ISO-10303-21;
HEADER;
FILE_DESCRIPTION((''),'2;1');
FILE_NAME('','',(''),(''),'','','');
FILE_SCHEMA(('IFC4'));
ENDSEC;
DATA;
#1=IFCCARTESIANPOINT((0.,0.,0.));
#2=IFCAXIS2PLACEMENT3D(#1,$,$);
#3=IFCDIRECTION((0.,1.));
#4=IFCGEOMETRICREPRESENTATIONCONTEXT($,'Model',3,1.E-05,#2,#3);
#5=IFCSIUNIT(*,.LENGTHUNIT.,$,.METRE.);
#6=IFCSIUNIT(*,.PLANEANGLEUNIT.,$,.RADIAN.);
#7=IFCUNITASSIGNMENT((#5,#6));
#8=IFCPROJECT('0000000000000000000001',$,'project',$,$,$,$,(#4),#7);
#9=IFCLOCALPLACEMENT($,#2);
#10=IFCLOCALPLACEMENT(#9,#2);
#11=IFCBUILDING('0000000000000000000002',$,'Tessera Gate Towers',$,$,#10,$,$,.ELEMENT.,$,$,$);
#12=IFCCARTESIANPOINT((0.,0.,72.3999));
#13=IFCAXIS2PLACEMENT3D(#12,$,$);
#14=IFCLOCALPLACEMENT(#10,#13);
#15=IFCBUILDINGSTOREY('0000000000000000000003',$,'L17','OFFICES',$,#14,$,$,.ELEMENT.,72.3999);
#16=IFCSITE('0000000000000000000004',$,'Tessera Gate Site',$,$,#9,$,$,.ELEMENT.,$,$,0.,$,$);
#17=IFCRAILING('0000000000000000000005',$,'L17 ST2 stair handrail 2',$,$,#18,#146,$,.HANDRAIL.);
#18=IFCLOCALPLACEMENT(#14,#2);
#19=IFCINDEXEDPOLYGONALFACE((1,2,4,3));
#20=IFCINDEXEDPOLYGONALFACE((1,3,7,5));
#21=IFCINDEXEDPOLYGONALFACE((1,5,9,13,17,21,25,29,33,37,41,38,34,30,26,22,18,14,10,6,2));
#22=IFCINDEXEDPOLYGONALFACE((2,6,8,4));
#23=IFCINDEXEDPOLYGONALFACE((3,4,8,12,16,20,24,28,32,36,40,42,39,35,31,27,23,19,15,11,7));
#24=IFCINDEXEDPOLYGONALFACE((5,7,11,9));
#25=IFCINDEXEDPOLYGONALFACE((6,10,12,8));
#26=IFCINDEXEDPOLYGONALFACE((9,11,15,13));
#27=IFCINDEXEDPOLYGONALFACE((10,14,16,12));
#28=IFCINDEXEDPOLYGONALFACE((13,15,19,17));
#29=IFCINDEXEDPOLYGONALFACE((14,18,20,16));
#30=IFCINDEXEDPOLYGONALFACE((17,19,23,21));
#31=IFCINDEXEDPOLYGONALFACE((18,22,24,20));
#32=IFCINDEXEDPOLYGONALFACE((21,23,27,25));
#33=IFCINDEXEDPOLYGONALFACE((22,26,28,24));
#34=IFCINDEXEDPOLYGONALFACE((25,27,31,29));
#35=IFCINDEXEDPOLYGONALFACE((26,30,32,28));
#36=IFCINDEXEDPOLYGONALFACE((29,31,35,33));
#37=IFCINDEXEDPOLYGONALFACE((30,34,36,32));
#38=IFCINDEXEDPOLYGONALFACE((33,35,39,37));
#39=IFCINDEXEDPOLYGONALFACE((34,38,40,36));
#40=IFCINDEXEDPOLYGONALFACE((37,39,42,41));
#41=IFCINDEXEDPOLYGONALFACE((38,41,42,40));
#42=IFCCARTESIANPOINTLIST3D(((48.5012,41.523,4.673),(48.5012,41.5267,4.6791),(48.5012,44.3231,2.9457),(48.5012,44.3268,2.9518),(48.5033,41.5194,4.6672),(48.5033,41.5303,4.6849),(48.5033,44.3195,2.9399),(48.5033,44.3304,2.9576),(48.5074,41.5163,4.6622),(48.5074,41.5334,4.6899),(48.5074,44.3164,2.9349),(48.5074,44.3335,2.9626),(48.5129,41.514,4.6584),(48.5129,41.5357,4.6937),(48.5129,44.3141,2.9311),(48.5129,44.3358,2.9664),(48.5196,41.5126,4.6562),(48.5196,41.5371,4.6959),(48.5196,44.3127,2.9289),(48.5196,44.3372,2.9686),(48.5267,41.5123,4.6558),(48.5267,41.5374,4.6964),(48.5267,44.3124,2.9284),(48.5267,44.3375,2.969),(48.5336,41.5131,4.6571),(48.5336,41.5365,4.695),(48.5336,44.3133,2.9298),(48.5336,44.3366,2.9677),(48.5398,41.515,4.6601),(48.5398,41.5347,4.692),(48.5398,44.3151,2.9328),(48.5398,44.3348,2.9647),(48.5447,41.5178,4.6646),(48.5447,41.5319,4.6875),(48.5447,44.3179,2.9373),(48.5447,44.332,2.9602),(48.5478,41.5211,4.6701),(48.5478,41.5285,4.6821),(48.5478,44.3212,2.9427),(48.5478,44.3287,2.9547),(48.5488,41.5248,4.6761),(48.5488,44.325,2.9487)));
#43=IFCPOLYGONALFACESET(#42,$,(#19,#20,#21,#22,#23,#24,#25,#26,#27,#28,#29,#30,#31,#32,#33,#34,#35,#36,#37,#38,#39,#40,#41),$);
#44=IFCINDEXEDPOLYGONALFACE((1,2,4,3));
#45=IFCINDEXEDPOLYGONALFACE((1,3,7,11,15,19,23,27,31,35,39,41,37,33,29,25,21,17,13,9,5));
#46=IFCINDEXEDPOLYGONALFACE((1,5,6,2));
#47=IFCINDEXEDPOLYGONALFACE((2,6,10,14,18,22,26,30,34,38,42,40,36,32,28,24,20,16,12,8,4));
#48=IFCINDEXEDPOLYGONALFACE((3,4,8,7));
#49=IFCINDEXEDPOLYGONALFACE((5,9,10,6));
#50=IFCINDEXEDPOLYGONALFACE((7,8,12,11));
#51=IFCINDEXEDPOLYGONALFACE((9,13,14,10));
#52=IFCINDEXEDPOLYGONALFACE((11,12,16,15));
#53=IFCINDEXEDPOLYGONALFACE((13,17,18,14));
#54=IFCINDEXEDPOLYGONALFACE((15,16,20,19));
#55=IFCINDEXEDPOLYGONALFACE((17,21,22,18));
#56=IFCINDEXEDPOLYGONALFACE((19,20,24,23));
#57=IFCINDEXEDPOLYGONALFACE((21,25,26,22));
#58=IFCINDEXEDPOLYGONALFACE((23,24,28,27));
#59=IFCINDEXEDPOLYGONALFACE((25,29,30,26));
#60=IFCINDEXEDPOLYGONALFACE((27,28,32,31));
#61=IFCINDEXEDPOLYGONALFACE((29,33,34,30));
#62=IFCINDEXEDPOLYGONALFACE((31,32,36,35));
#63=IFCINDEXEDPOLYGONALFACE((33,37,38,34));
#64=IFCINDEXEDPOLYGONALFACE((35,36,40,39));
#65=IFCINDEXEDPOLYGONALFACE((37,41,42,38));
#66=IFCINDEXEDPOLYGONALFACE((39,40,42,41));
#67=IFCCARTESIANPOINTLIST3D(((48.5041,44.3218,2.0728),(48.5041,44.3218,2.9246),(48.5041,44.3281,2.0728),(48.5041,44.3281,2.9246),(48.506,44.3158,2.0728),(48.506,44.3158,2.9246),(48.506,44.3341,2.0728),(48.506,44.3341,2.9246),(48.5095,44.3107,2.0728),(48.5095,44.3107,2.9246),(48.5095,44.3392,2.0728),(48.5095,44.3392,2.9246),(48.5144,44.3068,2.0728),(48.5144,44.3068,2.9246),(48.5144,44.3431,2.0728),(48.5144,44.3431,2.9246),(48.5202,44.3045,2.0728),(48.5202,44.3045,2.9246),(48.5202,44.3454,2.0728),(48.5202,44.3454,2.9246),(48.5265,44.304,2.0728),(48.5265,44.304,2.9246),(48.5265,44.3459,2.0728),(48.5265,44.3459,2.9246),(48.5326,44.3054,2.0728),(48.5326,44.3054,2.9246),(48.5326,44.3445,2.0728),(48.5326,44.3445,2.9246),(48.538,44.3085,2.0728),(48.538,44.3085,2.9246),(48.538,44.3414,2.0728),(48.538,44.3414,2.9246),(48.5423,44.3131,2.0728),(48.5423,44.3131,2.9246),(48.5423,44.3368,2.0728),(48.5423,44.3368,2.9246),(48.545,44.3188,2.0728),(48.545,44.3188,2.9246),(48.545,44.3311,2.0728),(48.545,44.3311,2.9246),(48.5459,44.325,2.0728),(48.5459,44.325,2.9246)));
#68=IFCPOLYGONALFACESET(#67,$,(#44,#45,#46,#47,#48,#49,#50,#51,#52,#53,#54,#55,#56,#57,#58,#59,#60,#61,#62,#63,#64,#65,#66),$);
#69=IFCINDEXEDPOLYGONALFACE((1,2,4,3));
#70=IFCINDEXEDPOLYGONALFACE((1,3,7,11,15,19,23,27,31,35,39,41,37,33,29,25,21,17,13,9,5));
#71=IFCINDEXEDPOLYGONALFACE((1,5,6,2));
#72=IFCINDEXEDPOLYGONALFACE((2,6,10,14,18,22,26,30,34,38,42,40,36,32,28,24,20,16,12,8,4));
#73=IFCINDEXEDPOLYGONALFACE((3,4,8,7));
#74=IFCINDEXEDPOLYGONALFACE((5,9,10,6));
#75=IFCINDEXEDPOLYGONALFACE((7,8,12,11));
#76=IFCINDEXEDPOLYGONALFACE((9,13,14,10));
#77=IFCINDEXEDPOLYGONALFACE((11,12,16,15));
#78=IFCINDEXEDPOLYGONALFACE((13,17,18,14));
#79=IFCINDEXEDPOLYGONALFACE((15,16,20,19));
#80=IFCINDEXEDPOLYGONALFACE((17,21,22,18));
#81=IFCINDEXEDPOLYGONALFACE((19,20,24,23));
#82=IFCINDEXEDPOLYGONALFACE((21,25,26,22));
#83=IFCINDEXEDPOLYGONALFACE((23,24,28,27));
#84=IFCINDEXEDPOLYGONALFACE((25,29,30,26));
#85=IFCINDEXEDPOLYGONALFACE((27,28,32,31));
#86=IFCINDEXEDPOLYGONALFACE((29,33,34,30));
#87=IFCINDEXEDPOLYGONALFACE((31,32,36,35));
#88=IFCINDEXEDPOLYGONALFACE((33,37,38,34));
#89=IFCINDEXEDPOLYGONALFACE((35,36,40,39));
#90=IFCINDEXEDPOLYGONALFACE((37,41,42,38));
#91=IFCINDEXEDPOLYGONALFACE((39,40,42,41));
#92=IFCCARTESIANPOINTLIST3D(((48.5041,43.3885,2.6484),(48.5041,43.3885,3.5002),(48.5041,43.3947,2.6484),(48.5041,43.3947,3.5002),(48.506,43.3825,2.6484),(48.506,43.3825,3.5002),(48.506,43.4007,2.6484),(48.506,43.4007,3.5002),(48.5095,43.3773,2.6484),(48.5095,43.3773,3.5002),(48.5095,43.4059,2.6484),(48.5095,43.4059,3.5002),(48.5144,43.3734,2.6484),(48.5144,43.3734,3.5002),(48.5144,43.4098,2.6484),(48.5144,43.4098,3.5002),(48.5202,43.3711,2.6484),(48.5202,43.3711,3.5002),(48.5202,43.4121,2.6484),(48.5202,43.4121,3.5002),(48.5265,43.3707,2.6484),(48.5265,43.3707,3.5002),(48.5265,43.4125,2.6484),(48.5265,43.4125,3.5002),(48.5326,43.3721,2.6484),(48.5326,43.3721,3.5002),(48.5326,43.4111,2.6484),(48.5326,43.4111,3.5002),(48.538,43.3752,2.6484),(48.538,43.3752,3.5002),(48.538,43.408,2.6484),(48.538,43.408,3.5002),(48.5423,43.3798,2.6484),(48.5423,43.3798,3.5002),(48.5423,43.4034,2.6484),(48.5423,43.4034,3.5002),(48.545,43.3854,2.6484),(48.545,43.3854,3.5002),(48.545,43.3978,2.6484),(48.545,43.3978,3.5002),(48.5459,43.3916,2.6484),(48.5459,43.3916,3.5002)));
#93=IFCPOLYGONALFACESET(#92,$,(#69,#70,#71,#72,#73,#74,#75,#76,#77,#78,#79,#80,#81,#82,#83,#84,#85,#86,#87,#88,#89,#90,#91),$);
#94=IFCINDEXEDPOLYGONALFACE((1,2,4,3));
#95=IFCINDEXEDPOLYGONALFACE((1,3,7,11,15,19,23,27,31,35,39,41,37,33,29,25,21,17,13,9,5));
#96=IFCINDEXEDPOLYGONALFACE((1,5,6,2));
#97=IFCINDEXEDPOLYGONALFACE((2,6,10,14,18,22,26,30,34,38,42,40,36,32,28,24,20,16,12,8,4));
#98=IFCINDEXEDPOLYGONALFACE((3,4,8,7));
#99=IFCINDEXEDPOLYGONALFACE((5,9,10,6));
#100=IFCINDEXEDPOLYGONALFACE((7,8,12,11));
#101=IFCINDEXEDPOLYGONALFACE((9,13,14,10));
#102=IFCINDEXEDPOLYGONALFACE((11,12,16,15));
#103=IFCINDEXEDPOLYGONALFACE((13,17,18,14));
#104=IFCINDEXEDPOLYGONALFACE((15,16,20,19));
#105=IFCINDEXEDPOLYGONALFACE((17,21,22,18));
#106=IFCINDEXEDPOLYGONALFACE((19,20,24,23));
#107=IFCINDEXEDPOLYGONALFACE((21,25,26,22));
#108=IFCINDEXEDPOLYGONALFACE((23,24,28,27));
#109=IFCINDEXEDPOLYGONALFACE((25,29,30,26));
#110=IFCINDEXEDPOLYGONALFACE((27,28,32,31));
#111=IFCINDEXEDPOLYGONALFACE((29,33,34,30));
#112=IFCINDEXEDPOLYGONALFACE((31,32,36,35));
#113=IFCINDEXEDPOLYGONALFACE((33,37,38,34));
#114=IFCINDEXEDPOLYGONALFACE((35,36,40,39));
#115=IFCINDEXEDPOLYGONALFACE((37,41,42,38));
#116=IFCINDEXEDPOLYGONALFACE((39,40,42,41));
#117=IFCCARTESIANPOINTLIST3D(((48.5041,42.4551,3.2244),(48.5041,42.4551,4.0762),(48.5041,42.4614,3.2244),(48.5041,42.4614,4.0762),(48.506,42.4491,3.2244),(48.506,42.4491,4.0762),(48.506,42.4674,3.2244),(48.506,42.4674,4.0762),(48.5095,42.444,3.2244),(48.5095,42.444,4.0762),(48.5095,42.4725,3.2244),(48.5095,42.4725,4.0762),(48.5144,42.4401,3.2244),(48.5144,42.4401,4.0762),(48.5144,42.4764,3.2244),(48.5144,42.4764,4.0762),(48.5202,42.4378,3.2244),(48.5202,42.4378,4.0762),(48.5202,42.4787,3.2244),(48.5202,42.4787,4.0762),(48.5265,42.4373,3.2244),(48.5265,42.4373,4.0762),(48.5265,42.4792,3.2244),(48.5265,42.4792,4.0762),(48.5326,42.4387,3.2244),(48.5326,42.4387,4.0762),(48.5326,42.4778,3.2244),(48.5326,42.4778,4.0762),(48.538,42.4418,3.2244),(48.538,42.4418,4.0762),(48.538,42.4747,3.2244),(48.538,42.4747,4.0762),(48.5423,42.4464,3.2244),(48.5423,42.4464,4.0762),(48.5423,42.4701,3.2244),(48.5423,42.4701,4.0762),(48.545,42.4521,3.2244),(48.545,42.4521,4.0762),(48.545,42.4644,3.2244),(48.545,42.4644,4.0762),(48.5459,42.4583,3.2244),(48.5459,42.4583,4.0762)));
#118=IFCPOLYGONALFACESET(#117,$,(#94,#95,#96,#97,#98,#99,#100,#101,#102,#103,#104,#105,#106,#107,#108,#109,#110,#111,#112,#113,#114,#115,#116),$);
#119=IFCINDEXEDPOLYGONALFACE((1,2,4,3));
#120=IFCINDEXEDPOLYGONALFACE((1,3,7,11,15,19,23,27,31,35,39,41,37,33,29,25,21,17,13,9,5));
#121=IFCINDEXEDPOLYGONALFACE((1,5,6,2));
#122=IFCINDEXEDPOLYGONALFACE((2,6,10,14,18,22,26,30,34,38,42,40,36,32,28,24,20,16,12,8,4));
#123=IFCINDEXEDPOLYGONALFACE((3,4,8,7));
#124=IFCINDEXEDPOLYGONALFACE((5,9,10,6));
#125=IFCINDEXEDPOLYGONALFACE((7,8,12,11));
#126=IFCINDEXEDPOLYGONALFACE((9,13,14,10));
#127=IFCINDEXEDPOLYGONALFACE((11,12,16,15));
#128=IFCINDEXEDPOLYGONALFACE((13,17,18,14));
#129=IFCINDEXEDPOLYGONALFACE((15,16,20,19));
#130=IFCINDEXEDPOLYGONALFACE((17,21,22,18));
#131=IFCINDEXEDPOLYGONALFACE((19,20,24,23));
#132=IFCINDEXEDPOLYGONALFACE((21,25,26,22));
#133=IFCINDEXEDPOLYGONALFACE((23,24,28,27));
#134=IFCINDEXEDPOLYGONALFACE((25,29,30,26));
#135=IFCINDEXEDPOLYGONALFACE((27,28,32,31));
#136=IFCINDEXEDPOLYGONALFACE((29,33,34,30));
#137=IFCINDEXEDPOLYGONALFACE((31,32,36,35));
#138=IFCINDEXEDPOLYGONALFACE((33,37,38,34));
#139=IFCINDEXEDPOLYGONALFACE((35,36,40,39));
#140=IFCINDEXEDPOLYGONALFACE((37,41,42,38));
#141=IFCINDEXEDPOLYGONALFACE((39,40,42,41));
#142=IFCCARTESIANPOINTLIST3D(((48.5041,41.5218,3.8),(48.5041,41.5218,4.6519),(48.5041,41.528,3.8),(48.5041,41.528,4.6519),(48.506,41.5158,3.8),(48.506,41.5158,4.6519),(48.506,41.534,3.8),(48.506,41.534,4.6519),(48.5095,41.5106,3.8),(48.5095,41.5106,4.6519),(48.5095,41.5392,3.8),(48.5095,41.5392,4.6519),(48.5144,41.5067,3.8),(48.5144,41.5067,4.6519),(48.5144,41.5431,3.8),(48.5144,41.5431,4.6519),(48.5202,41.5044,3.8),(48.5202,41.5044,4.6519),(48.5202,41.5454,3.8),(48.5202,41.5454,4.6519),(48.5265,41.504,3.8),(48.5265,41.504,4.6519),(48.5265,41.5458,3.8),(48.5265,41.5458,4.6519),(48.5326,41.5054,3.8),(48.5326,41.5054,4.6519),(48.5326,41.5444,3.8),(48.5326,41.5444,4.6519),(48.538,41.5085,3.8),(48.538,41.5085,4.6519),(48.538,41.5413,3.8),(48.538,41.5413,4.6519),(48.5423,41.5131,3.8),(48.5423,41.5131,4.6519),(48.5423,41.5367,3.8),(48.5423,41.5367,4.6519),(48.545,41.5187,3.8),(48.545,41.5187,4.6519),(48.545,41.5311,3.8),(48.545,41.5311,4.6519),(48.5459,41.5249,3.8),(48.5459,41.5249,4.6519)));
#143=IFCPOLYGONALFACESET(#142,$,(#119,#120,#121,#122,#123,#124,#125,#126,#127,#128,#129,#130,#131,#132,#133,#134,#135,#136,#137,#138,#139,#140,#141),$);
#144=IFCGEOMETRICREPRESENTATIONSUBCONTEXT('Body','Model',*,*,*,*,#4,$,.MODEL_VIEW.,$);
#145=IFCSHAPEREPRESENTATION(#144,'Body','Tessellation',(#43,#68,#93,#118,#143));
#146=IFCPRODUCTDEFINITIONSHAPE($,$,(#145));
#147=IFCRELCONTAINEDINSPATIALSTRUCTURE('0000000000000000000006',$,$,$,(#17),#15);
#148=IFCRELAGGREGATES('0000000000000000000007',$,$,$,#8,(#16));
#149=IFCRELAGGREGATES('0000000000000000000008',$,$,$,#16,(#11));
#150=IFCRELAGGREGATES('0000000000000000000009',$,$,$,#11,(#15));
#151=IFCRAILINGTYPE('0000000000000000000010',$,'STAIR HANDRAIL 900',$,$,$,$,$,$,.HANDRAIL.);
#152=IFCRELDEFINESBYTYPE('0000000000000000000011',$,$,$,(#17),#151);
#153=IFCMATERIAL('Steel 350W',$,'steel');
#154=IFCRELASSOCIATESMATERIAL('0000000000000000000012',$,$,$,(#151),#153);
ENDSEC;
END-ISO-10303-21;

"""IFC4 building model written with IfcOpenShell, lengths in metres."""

from ifc_helpers import new_model, si_unit, direction, frame, origin, origin_2d, place, context, subcontext, project, spatial, circle, extrude, material, type_object, element, save


model = new_model("IFC4")

# Units and contexts
model_context = context("Model", 3, precision=1e-05, world=origin(), true_north=direction((0.0, 1.0)))
body_context = subcontext(model_context, "Body", "Model", "MODEL_VIEW")
ifc_project = project(units=[si_unit("LENGTHUNIT", "METRE"), si_unit("PLANEANGLEUNIT", "RADIAN")], contexts=[model_context])

# Site, building, storey
site_placement = place(None, origin())
site = spatial("IfcSite", under=ifc_project, at=site_placement, Name="Tessera Gate Site", CompositionType="ELEMENT", RefElevation=0.0)
building_placement = place(site_placement, origin())
building = spatial("IfcBuilding", under=site, at=building_placement, Name="Tessera Gate Towers", CompositionType="ELEMENT")
storey_placement = place(building_placement, frame((0.0, 0.0, 72.3999)))
storey = spatial("IfcBuildingStorey", under=building, at=storey_placement, Name="L17", Description="OFFICES", CompositionType="ELEMENT", Elevation=72.3999)

# Railing
ifc_material_1 = material(Name="Steel 350W", Category="steel")
railing_type_1 = type_object("IfcRailingType", Name="STAIR HANDRAIL 900", PredefinedType="HANDRAIL", material=ifc_material_1)
railing_1_placement = place(storey_placement, frame((48.5249, 44.325, 2.0728)))
element("IfcRailing", 1, at=railing_1_placement, inside=storey, type_object=railing_type_1, Name="L17 ST2 stair handrail 2", PredefinedType="HANDRAIL", context=body_context, shape_type="SweptSolid", body=[
    extrude(circle(Radius=0.0239, at=origin_2d()), frame((0.0, 0.0, 0.876), z_axis=(0.0, -0.85109, 0.52502), x_axis=(1.0, 0.0, 0.0)), (0.0, 0.0, 1.0), 3.29),
    extrude(circle(Radius=0.021, at=origin_2d()), origin(), (0.0, 0.0, 1.0), 0.8518),
    extrude(circle(Radius=0.021, at=origin_2d()), frame((0.0, -0.9333, 0.5757)), (0.0, 0.0, 1.0), 0.8518),
    extrude(circle(Radius=0.021, at=origin_2d()), frame((0.0, -1.8667, 1.1516)), (0.0, 0.0, 1.0), 0.8518),
    extrude(circle(Radius=0.021, at=origin_2d()), frame((0.0, -2.8, 1.7273)), (0.0, 0.0, 1.0), 0.8518),
])

save(model, "model.ifc")
